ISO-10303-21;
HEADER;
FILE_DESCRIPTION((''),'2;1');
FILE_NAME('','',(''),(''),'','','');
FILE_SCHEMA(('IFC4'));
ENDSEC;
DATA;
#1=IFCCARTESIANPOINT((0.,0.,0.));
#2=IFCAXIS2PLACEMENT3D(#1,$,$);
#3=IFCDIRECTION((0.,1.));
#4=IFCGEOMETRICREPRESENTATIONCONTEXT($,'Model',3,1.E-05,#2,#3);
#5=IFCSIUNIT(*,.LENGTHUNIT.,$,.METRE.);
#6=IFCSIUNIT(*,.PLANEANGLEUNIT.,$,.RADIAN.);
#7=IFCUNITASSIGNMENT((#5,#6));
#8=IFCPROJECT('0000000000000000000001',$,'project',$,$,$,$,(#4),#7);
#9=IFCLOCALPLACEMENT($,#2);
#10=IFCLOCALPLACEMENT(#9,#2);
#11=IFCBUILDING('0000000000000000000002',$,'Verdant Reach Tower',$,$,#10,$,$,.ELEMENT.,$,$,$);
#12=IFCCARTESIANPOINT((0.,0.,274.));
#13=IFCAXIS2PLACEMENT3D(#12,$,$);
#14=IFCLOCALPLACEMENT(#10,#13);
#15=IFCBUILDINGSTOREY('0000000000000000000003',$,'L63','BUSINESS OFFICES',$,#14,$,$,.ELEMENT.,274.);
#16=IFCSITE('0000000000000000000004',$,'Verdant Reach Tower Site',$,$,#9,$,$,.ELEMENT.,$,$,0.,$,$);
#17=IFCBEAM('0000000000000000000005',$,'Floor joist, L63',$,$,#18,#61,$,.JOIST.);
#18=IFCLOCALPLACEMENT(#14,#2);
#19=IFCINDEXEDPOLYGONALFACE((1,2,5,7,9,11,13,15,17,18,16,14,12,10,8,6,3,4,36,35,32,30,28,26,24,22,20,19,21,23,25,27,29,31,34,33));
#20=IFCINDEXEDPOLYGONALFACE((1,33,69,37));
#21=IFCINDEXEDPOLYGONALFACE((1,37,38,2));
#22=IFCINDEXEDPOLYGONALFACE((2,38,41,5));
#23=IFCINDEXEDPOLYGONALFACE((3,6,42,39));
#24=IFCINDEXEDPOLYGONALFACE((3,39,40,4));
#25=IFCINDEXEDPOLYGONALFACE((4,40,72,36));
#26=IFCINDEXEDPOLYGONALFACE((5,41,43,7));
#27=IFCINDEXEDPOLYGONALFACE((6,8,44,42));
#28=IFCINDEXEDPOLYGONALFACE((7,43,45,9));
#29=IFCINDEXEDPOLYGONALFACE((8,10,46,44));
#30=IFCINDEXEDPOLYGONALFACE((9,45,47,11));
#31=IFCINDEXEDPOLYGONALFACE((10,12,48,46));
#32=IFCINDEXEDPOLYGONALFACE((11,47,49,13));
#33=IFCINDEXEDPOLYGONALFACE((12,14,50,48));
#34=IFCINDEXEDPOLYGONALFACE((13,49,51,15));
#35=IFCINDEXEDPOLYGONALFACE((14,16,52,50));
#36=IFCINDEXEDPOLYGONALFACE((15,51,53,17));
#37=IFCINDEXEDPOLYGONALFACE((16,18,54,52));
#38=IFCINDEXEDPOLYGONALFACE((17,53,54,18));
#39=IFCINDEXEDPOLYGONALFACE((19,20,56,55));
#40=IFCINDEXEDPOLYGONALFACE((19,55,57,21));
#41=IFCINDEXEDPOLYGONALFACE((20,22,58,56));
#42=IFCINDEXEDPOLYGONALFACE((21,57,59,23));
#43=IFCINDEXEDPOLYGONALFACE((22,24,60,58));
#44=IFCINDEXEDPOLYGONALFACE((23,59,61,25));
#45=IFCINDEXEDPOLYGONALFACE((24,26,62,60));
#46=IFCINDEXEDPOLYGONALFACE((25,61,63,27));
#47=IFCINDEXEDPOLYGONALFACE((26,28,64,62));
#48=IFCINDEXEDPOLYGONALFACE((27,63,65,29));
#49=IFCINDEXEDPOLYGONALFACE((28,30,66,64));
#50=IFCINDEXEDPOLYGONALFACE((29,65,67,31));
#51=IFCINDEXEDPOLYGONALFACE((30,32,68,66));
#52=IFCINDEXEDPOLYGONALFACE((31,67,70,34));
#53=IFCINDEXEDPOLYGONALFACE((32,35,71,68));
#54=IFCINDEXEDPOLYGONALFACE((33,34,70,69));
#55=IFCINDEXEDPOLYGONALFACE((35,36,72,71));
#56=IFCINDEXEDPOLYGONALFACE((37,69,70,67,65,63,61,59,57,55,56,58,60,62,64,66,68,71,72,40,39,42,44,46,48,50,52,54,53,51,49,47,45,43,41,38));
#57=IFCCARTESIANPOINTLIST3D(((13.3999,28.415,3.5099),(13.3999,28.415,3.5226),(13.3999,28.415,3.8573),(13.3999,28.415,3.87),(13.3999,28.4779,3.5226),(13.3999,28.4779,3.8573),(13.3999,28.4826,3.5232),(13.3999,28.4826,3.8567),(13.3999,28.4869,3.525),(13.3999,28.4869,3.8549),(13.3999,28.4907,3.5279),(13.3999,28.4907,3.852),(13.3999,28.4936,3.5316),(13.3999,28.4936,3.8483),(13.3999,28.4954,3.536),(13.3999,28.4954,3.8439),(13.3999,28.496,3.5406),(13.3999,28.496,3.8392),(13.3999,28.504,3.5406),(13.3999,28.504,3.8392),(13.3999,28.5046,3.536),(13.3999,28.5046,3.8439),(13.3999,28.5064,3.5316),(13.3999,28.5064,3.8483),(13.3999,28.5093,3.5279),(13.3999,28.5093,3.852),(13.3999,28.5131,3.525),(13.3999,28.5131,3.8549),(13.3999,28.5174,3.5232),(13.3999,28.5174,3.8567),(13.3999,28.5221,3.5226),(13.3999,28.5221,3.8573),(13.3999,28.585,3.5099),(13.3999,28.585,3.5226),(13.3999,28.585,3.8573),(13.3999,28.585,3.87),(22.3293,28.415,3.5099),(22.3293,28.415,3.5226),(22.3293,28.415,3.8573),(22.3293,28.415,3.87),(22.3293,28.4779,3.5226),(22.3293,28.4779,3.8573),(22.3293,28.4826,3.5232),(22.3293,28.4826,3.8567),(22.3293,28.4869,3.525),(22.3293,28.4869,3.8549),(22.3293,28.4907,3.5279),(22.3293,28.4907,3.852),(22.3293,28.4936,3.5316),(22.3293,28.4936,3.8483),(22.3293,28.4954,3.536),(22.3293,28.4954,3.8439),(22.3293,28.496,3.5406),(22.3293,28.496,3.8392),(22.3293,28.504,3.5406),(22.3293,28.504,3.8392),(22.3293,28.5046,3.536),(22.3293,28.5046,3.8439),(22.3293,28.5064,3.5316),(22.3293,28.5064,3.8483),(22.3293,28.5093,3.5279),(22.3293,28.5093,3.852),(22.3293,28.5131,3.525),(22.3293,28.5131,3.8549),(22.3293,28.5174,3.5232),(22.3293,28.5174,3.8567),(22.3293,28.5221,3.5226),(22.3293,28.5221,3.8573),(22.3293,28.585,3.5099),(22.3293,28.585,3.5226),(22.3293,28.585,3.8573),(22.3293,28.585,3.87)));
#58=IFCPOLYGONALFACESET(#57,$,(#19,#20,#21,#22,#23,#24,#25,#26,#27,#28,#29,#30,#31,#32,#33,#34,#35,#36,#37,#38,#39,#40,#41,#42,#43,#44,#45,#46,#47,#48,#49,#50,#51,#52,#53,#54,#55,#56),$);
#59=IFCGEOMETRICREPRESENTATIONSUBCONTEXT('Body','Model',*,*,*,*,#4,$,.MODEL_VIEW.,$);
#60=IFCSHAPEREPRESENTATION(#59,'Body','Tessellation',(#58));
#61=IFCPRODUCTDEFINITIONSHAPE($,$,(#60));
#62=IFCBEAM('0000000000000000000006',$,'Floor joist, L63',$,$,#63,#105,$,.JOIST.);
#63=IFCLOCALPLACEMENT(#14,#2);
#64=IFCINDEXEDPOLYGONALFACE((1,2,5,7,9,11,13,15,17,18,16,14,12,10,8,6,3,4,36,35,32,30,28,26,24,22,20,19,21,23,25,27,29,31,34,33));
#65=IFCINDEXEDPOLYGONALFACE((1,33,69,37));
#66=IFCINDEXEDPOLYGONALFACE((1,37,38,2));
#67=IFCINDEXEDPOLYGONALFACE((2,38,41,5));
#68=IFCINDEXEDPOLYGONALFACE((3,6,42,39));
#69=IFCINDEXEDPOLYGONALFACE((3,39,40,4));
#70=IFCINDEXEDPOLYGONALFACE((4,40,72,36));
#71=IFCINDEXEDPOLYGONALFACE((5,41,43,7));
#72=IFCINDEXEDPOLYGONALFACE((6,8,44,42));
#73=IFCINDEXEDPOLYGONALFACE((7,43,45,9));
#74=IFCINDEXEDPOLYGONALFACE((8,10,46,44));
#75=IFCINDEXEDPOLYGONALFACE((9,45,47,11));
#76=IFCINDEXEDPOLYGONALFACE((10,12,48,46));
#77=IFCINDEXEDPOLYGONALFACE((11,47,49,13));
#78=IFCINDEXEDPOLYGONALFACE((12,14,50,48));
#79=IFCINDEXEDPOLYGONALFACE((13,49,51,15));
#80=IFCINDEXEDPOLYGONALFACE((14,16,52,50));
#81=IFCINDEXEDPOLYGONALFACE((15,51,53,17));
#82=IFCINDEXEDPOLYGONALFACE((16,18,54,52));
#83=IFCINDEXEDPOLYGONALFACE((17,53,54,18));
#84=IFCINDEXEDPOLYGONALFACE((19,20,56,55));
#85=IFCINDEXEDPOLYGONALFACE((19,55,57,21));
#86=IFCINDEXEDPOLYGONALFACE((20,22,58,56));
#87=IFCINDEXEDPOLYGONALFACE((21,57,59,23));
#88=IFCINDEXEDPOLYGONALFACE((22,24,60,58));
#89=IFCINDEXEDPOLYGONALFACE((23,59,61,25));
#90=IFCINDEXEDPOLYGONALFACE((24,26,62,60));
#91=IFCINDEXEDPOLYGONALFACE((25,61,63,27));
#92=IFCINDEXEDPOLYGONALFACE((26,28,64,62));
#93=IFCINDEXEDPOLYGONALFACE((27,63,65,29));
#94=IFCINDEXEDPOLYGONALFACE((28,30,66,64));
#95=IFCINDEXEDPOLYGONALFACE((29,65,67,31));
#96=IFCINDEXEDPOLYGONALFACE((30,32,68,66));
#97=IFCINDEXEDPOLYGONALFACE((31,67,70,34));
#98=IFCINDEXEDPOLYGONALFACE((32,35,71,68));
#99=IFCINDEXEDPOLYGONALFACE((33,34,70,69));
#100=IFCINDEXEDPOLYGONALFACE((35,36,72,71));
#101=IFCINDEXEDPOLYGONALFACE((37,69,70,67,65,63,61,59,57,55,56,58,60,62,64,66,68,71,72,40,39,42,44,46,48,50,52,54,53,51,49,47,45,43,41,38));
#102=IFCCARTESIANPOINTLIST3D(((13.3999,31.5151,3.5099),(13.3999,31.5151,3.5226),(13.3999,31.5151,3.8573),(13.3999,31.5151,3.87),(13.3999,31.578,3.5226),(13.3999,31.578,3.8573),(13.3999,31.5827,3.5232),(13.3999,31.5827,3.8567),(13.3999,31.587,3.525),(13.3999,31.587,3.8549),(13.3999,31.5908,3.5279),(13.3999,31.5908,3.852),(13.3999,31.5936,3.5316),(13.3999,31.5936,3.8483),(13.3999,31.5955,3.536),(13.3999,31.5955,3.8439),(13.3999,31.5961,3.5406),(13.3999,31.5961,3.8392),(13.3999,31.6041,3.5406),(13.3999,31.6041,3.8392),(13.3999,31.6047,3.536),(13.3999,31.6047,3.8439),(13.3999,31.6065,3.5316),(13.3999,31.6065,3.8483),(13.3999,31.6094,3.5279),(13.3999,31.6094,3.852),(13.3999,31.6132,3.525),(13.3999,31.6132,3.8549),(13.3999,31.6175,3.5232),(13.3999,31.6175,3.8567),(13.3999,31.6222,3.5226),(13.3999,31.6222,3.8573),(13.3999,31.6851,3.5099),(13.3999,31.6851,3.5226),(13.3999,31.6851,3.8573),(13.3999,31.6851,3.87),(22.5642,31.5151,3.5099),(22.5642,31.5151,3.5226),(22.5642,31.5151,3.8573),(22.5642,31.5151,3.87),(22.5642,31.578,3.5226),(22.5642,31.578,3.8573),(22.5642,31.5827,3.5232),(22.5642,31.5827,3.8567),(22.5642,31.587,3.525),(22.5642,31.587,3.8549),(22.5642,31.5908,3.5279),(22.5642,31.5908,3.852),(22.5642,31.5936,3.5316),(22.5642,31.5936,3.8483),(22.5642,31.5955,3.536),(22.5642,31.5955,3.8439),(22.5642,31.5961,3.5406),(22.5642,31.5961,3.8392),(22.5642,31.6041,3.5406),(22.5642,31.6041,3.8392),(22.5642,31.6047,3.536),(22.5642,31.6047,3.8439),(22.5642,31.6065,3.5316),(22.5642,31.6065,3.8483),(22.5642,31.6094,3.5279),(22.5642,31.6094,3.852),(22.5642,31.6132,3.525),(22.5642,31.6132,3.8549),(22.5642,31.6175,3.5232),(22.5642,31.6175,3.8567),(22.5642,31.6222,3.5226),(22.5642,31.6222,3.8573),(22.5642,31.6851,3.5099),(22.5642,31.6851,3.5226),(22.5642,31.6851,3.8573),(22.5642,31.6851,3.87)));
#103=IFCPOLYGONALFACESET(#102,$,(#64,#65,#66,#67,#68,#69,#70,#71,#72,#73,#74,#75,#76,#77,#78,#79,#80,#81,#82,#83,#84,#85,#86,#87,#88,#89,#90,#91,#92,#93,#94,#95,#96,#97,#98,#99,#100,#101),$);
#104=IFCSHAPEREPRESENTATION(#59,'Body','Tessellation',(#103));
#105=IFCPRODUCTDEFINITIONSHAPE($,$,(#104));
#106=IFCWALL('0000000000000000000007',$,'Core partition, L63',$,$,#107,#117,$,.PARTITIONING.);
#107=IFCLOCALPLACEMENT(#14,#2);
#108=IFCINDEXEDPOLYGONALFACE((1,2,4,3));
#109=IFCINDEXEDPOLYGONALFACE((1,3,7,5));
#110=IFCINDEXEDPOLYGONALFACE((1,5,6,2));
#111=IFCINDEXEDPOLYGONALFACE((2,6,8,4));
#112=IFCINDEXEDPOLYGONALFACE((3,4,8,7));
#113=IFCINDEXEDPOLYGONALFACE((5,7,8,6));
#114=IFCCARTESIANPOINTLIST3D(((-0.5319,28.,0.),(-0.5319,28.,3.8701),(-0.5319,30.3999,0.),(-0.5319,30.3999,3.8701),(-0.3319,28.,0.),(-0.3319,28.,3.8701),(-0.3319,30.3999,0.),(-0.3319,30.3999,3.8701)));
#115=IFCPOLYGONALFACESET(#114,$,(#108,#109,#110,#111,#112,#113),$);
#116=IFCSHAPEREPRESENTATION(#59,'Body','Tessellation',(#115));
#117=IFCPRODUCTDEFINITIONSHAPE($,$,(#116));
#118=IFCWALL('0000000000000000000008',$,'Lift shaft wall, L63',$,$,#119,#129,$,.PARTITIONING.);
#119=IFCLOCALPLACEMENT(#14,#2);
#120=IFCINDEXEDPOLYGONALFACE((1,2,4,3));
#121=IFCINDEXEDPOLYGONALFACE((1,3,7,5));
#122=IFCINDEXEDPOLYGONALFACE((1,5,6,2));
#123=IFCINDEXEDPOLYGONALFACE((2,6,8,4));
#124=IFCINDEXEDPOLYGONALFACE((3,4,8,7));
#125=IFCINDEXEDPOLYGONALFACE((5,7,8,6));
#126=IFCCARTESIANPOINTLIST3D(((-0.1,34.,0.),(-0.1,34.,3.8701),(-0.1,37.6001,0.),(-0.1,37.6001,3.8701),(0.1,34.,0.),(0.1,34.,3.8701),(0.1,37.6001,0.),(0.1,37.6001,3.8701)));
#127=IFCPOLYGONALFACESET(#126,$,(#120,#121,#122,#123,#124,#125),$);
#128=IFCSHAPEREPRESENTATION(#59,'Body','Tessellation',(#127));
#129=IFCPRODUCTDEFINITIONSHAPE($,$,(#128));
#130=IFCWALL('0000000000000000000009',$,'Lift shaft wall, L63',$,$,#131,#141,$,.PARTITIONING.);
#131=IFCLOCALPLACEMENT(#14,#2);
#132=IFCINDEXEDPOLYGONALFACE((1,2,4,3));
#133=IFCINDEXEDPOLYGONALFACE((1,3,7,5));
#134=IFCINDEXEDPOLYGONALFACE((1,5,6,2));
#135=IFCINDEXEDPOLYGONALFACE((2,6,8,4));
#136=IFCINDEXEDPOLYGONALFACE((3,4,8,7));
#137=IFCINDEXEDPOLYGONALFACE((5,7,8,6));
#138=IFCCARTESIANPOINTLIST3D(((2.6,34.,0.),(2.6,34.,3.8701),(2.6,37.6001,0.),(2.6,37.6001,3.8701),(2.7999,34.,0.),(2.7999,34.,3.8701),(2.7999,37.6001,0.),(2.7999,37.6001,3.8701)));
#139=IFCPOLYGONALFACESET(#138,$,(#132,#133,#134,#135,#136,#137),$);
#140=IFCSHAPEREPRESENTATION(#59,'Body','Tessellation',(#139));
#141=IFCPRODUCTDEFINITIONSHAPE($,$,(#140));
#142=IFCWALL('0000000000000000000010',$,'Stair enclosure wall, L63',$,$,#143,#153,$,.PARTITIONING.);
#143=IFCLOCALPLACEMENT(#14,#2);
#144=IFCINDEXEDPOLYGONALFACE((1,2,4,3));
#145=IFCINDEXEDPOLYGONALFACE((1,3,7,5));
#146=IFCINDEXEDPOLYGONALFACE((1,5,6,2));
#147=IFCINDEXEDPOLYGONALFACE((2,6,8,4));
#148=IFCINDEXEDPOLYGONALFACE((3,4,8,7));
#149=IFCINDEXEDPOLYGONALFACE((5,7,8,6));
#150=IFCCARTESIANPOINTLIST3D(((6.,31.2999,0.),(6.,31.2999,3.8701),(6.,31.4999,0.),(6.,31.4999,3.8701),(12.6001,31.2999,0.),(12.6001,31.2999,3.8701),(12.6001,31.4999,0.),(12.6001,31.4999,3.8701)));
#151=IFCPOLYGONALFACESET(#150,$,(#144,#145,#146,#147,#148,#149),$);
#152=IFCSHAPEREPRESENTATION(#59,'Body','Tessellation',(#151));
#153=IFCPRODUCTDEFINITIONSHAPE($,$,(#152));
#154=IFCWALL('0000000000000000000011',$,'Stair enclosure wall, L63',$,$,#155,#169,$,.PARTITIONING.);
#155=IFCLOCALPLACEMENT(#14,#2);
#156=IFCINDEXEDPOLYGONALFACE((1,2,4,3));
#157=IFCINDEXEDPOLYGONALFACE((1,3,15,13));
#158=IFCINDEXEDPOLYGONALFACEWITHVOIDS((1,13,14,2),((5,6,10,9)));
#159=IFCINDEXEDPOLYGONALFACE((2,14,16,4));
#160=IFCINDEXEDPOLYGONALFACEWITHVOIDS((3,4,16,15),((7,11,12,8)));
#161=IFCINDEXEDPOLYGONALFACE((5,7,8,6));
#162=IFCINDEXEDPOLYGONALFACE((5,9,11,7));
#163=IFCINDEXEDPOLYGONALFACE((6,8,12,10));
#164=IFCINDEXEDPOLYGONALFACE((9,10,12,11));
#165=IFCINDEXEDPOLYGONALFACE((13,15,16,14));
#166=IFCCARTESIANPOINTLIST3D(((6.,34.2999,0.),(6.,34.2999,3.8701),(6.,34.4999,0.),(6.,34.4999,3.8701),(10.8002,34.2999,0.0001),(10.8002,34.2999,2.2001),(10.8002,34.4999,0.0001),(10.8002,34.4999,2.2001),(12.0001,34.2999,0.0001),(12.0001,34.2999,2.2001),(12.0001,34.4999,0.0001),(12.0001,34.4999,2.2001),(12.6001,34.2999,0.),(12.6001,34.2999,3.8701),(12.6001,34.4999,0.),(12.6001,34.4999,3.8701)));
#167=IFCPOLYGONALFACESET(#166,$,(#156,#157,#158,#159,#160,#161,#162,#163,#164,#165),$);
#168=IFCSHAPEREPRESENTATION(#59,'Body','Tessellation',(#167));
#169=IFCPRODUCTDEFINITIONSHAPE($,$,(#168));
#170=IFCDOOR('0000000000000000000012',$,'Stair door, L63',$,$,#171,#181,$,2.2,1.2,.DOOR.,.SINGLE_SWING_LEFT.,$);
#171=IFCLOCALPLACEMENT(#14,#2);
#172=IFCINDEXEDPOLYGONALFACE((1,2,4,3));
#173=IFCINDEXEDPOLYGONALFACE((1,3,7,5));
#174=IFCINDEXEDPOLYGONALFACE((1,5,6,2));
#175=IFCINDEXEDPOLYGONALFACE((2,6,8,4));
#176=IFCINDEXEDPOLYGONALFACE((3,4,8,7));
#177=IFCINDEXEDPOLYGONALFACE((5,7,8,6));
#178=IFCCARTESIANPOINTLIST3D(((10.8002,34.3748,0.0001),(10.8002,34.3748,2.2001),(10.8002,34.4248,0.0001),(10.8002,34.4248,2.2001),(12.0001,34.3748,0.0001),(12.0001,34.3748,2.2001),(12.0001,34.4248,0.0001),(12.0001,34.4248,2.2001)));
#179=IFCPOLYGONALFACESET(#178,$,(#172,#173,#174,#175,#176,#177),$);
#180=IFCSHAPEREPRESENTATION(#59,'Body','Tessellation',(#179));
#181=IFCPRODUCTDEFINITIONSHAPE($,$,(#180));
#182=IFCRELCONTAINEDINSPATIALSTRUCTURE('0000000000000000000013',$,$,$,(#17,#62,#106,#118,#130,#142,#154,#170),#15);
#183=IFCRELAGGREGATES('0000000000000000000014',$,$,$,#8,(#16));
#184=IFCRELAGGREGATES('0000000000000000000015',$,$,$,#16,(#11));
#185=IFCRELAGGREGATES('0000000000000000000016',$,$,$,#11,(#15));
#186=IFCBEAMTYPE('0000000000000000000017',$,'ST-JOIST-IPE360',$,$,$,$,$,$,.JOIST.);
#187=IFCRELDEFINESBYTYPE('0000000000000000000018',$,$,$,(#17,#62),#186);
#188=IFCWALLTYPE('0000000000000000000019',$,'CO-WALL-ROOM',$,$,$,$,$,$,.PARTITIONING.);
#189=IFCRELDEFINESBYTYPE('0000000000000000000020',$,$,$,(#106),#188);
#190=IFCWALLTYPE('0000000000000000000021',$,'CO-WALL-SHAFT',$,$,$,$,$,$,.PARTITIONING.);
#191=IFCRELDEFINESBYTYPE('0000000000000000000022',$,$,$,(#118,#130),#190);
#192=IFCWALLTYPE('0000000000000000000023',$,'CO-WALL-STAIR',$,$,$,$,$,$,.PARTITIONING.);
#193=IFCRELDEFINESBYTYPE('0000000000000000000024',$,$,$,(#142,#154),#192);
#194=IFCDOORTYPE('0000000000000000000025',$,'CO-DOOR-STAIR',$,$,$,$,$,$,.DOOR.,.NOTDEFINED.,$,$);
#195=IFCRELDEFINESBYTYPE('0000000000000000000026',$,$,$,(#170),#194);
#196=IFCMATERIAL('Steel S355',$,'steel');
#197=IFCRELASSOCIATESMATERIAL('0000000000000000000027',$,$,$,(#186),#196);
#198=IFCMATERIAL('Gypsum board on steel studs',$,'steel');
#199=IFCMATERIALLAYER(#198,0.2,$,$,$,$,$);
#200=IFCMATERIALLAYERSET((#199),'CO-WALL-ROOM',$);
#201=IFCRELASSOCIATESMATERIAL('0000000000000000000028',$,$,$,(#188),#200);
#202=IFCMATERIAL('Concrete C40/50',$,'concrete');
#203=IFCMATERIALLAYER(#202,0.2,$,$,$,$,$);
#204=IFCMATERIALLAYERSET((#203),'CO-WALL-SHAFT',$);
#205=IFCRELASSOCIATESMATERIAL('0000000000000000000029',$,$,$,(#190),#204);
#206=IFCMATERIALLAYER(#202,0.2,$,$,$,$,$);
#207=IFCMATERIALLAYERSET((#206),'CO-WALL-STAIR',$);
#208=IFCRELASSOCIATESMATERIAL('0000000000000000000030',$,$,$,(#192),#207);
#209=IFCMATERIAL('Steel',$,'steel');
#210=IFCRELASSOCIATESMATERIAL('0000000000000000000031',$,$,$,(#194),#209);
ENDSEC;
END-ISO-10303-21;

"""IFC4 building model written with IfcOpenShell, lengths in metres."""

from ifc_helpers import new_model, si_unit, direction, frame, frame_2d, origin, origin_2d, place, context, subcontext, project, spatial, rectangle, i_section, extrude, material, layer, layer_set, material_profile, profile_set, type_object, element, fill, save


model = new_model("IFC4")

# Units and contexts
model_context = context("Model", 3, precision=1e-05, world=origin(), true_north=direction((0.0, 1.0)))
body_context = subcontext(model_context, "Body", "Model", "MODEL_VIEW")
ifc_project = project(units=[si_unit("LENGTHUNIT", "METRE"), si_unit("PLANEANGLEUNIT", "RADIAN")], contexts=[model_context])

# Site, building, storey
site_placement = place(None, origin())
site = spatial("IfcSite", under=ifc_project, at=site_placement, Name="Verdant Reach Tower Site", CompositionType="ELEMENT", RefElevation=0.0)
building_placement = place(site_placement, origin())
building = spatial("IfcBuilding", under=site, at=building_placement, Name="Verdant Reach Tower", CompositionType="ELEMENT")
storey_placement = place(building_placement, frame((0.0, 0.0, 274.0)))
storey = spatial("IfcBuildingStorey", under=building, at=storey_placement, Name="L63", Description="BUSINESS OFFICES", CompositionType="ELEMENT", Elevation=274.0)

# Beams
ifc_material_1 = material(Name="Steel S355", Category="steel")
ifc_material_profile = material_profile(ifc_material_1, i_section(OverallWidth=0.1699, OverallDepth=0.3601, WebThickness=0.0081, FlangeThickness=0.0127, FilletRadius=0.0181, at=origin_2d()), Name="IPE 360")
ifc_profile_set = profile_set([ifc_material_profile], Name="Steel S355")
beam_type = type_object("IfcBeamType", Name="ST-JOIST-IPE360", PredefinedType="JOIST", material=ifc_profile_set)
beam_1_placement = place(storey_placement, frame((13.3999, 28.5, 3.6899), z_axis=(1.0, 0.0, 0.0), x_axis=(0.0, 1.0, 0.0)))
element("IfcBeam", 1, at=beam_1_placement, inside=storey, type_object=beam_type, Name="Floor joist, L63", PredefinedType="JOIST", context=body_context, shape_type="SweptSolid", body=[
    extrude(i_section(OverallWidth=0.1699, OverallDepth=0.3601, WebThickness=0.0081, FlangeThickness=0.0127, FilletRadius=0.0181, at=origin_2d()), origin(), (0.0, 0.0, 1.0), 8.9294),
])
beam_2_placement = place(storey_placement, frame((13.3999, 31.6001, 3.6899), z_axis=(1.0, 0.0, 0.0), x_axis=(0.0, 1.0, 0.0)))
element("IfcBeam", 2, at=beam_2_placement, inside=storey, type_object=beam_type, Name="Floor joist, L63", PredefinedType="JOIST", context=body_context, shape_type="SweptSolid", body=[
    extrude(i_section(OverallWidth=0.1699, OverallDepth=0.3601, WebThickness=0.0081, FlangeThickness=0.0127, FilletRadius=0.0181, at=origin_2d()), origin(), (0.0, 0.0, 1.0), 9.1643),
])

# Walls
ifc_material_2 = material(Name="Gypsum board on steel studs", Category="steel")
ifc_layer_1 = layer(ifc_material_2, 0.2)
ifc_layer_set_1 = layer_set([ifc_layer_1], Name="CO-WALL-ROOM")
wall_type_1 = type_object("IfcWallType", Name="CO-WALL-ROOM", PredefinedType="PARTITIONING", material=ifc_layer_set_1)
wall_1_placement = place(storey_placement, frame((-0.4319, 28.0, 0.0), z_axis=(0.0, 0.0, 1.0), x_axis=(0.0, 1.0, 0.0)))
element("IfcWall", 3, at=wall_1_placement, inside=storey, type_object=wall_type_1, Name="Core partition, L63", PredefinedType="PARTITIONING", context=body_context, shape_type="SweptSolid", body=[
    extrude(rectangle(XDim=2.3999, YDim=0.2, at=frame_2d((1.2, 0.0))), origin(), (0.0, 0.0, 1.0), 3.8701),
])
ifc_material_3 = material(Name="Concrete C40/50", Category="concrete")
ifc_layer_2 = layer(ifc_material_3, 0.2)
ifc_layer_set_2 = layer_set([ifc_layer_2], Name="CO-WALL-SHAFT")
wall_type_2 = type_object("IfcWallType", Name="CO-WALL-SHAFT", PredefinedType="PARTITIONING", material=ifc_layer_set_2)
for number, where, z_axis, x_axis, name in (
    (4, (0.0, 34.0, 0.0), (0.0, 0.0, 1.0), (0.0, 1.0, 0.0), "Lift shaft wall, L63"),
    (5, (2.7, 34.0, 0.0), (0.0, 0.0, 1.0), (0.0, 1.0, 0.0), "Lift shaft wall, L63"),
):
    element("IfcWall", number, at=place(storey_placement, frame(where, z_axis=z_axis, x_axis=x_axis)), inside=storey, type_object=wall_type_2, Name=name, PredefinedType="PARTITIONING", context=body_context, shape_type="SweptSolid", body=[
        extrude(rectangle(XDim=3.6001, YDim=0.2, at=frame_2d((1.8, 0.0))), origin(), (0.0, 0.0, 1.0), 3.8701),
    ])
ifc_layer_3 = layer(ifc_material_3, 0.2)
ifc_layer_set_3 = layer_set([ifc_layer_3], Name="CO-WALL-STAIR")
wall_type_3 = type_object("IfcWallType", Name="CO-WALL-STAIR", PredefinedType="PARTITIONING", material=ifc_layer_set_3)
wall_2_placement = place(storey_placement, frame((6.0, 31.3999, 0.0), z_axis=(0.0, 0.0, 1.0), x_axis=(1.0, 0.0, 0.0)))
element("IfcWall", 6, at=wall_2_placement, inside=storey, type_object=wall_type_3, Name="Stair enclosure wall, L63", PredefinedType="PARTITIONING", context=body_context, shape_type="SweptSolid", body=[
    extrude(rectangle(XDim=6.6001, YDim=0.2, at=frame_2d((3.3, 0.0))), origin(), (0.0, 0.0, 1.0), 3.8701),
])

# Wall, opening, door
wall_3_placement = place(storey_placement, frame((6.0, 34.3999, 0.0), z_axis=(0.0, 0.0, 1.0), x_axis=(1.0, 0.0, 0.0)))
wall_3 = element("IfcWall", 7, at=wall_3_placement, inside=storey, type_object=wall_type_3, Name="Stair enclosure wall, L63", PredefinedType="PARTITIONING", context=body_context, shape_type="SweptSolid", body=[
    extrude(rectangle(XDim=6.6001, YDim=0.2, at=frame_2d((3.3, 0.0))), origin(), (0.0, 0.0, 1.0), 3.8701),
])
opening_placement = place(wall_3_placement, frame((4.8, 0.0, 0.0)))
opening = element("IfcOpeningElement", 8, at=opening_placement, cuts=wall_3, PredefinedType="OPENING", context=body_context, shape_type="SweptSolid", body=[
    extrude(rectangle(XDim=1.2, YDim=2.2, at=frame_2d((0.6001, 1.1001))), frame((0.0, 0.1099, 0.0), z_axis=(0.0, -1.0, 0.0), x_axis=(1.0, 0.0, 0.0)), (0.0, 0.0, 1.0), 0.22),
])
ifc_material_4 = material(Name="Steel", Category="steel")
door_type = type_object("IfcDoorType", Name="CO-DOOR-STAIR", OperationType="NOTDEFINED", PredefinedType="DOOR", material=ifc_material_4)
door_placement = place(opening_placement, origin())
door = element("IfcDoor", 9, at=door_placement, inside=storey, type_object=door_type, Name="Stair door, L63", OperationType="SINGLE_SWING_LEFT", OverallHeight=2.2, OverallWidth=1.2, PredefinedType="DOOR", context=body_context, shape_type="SweptSolid", body=[
    extrude(rectangle(XDim=1.2, YDim=2.2, at=frame_2d((0.6001, 1.1001))), frame((0.0, 0.0249, 0.0), z_axis=(0.0, -1.0, 0.0), x_axis=(1.0, 0.0, 0.0)), (0.0, 0.0, 1.0), 0.05),
])
fill(opening, door)

save(model, "model.ifc")
